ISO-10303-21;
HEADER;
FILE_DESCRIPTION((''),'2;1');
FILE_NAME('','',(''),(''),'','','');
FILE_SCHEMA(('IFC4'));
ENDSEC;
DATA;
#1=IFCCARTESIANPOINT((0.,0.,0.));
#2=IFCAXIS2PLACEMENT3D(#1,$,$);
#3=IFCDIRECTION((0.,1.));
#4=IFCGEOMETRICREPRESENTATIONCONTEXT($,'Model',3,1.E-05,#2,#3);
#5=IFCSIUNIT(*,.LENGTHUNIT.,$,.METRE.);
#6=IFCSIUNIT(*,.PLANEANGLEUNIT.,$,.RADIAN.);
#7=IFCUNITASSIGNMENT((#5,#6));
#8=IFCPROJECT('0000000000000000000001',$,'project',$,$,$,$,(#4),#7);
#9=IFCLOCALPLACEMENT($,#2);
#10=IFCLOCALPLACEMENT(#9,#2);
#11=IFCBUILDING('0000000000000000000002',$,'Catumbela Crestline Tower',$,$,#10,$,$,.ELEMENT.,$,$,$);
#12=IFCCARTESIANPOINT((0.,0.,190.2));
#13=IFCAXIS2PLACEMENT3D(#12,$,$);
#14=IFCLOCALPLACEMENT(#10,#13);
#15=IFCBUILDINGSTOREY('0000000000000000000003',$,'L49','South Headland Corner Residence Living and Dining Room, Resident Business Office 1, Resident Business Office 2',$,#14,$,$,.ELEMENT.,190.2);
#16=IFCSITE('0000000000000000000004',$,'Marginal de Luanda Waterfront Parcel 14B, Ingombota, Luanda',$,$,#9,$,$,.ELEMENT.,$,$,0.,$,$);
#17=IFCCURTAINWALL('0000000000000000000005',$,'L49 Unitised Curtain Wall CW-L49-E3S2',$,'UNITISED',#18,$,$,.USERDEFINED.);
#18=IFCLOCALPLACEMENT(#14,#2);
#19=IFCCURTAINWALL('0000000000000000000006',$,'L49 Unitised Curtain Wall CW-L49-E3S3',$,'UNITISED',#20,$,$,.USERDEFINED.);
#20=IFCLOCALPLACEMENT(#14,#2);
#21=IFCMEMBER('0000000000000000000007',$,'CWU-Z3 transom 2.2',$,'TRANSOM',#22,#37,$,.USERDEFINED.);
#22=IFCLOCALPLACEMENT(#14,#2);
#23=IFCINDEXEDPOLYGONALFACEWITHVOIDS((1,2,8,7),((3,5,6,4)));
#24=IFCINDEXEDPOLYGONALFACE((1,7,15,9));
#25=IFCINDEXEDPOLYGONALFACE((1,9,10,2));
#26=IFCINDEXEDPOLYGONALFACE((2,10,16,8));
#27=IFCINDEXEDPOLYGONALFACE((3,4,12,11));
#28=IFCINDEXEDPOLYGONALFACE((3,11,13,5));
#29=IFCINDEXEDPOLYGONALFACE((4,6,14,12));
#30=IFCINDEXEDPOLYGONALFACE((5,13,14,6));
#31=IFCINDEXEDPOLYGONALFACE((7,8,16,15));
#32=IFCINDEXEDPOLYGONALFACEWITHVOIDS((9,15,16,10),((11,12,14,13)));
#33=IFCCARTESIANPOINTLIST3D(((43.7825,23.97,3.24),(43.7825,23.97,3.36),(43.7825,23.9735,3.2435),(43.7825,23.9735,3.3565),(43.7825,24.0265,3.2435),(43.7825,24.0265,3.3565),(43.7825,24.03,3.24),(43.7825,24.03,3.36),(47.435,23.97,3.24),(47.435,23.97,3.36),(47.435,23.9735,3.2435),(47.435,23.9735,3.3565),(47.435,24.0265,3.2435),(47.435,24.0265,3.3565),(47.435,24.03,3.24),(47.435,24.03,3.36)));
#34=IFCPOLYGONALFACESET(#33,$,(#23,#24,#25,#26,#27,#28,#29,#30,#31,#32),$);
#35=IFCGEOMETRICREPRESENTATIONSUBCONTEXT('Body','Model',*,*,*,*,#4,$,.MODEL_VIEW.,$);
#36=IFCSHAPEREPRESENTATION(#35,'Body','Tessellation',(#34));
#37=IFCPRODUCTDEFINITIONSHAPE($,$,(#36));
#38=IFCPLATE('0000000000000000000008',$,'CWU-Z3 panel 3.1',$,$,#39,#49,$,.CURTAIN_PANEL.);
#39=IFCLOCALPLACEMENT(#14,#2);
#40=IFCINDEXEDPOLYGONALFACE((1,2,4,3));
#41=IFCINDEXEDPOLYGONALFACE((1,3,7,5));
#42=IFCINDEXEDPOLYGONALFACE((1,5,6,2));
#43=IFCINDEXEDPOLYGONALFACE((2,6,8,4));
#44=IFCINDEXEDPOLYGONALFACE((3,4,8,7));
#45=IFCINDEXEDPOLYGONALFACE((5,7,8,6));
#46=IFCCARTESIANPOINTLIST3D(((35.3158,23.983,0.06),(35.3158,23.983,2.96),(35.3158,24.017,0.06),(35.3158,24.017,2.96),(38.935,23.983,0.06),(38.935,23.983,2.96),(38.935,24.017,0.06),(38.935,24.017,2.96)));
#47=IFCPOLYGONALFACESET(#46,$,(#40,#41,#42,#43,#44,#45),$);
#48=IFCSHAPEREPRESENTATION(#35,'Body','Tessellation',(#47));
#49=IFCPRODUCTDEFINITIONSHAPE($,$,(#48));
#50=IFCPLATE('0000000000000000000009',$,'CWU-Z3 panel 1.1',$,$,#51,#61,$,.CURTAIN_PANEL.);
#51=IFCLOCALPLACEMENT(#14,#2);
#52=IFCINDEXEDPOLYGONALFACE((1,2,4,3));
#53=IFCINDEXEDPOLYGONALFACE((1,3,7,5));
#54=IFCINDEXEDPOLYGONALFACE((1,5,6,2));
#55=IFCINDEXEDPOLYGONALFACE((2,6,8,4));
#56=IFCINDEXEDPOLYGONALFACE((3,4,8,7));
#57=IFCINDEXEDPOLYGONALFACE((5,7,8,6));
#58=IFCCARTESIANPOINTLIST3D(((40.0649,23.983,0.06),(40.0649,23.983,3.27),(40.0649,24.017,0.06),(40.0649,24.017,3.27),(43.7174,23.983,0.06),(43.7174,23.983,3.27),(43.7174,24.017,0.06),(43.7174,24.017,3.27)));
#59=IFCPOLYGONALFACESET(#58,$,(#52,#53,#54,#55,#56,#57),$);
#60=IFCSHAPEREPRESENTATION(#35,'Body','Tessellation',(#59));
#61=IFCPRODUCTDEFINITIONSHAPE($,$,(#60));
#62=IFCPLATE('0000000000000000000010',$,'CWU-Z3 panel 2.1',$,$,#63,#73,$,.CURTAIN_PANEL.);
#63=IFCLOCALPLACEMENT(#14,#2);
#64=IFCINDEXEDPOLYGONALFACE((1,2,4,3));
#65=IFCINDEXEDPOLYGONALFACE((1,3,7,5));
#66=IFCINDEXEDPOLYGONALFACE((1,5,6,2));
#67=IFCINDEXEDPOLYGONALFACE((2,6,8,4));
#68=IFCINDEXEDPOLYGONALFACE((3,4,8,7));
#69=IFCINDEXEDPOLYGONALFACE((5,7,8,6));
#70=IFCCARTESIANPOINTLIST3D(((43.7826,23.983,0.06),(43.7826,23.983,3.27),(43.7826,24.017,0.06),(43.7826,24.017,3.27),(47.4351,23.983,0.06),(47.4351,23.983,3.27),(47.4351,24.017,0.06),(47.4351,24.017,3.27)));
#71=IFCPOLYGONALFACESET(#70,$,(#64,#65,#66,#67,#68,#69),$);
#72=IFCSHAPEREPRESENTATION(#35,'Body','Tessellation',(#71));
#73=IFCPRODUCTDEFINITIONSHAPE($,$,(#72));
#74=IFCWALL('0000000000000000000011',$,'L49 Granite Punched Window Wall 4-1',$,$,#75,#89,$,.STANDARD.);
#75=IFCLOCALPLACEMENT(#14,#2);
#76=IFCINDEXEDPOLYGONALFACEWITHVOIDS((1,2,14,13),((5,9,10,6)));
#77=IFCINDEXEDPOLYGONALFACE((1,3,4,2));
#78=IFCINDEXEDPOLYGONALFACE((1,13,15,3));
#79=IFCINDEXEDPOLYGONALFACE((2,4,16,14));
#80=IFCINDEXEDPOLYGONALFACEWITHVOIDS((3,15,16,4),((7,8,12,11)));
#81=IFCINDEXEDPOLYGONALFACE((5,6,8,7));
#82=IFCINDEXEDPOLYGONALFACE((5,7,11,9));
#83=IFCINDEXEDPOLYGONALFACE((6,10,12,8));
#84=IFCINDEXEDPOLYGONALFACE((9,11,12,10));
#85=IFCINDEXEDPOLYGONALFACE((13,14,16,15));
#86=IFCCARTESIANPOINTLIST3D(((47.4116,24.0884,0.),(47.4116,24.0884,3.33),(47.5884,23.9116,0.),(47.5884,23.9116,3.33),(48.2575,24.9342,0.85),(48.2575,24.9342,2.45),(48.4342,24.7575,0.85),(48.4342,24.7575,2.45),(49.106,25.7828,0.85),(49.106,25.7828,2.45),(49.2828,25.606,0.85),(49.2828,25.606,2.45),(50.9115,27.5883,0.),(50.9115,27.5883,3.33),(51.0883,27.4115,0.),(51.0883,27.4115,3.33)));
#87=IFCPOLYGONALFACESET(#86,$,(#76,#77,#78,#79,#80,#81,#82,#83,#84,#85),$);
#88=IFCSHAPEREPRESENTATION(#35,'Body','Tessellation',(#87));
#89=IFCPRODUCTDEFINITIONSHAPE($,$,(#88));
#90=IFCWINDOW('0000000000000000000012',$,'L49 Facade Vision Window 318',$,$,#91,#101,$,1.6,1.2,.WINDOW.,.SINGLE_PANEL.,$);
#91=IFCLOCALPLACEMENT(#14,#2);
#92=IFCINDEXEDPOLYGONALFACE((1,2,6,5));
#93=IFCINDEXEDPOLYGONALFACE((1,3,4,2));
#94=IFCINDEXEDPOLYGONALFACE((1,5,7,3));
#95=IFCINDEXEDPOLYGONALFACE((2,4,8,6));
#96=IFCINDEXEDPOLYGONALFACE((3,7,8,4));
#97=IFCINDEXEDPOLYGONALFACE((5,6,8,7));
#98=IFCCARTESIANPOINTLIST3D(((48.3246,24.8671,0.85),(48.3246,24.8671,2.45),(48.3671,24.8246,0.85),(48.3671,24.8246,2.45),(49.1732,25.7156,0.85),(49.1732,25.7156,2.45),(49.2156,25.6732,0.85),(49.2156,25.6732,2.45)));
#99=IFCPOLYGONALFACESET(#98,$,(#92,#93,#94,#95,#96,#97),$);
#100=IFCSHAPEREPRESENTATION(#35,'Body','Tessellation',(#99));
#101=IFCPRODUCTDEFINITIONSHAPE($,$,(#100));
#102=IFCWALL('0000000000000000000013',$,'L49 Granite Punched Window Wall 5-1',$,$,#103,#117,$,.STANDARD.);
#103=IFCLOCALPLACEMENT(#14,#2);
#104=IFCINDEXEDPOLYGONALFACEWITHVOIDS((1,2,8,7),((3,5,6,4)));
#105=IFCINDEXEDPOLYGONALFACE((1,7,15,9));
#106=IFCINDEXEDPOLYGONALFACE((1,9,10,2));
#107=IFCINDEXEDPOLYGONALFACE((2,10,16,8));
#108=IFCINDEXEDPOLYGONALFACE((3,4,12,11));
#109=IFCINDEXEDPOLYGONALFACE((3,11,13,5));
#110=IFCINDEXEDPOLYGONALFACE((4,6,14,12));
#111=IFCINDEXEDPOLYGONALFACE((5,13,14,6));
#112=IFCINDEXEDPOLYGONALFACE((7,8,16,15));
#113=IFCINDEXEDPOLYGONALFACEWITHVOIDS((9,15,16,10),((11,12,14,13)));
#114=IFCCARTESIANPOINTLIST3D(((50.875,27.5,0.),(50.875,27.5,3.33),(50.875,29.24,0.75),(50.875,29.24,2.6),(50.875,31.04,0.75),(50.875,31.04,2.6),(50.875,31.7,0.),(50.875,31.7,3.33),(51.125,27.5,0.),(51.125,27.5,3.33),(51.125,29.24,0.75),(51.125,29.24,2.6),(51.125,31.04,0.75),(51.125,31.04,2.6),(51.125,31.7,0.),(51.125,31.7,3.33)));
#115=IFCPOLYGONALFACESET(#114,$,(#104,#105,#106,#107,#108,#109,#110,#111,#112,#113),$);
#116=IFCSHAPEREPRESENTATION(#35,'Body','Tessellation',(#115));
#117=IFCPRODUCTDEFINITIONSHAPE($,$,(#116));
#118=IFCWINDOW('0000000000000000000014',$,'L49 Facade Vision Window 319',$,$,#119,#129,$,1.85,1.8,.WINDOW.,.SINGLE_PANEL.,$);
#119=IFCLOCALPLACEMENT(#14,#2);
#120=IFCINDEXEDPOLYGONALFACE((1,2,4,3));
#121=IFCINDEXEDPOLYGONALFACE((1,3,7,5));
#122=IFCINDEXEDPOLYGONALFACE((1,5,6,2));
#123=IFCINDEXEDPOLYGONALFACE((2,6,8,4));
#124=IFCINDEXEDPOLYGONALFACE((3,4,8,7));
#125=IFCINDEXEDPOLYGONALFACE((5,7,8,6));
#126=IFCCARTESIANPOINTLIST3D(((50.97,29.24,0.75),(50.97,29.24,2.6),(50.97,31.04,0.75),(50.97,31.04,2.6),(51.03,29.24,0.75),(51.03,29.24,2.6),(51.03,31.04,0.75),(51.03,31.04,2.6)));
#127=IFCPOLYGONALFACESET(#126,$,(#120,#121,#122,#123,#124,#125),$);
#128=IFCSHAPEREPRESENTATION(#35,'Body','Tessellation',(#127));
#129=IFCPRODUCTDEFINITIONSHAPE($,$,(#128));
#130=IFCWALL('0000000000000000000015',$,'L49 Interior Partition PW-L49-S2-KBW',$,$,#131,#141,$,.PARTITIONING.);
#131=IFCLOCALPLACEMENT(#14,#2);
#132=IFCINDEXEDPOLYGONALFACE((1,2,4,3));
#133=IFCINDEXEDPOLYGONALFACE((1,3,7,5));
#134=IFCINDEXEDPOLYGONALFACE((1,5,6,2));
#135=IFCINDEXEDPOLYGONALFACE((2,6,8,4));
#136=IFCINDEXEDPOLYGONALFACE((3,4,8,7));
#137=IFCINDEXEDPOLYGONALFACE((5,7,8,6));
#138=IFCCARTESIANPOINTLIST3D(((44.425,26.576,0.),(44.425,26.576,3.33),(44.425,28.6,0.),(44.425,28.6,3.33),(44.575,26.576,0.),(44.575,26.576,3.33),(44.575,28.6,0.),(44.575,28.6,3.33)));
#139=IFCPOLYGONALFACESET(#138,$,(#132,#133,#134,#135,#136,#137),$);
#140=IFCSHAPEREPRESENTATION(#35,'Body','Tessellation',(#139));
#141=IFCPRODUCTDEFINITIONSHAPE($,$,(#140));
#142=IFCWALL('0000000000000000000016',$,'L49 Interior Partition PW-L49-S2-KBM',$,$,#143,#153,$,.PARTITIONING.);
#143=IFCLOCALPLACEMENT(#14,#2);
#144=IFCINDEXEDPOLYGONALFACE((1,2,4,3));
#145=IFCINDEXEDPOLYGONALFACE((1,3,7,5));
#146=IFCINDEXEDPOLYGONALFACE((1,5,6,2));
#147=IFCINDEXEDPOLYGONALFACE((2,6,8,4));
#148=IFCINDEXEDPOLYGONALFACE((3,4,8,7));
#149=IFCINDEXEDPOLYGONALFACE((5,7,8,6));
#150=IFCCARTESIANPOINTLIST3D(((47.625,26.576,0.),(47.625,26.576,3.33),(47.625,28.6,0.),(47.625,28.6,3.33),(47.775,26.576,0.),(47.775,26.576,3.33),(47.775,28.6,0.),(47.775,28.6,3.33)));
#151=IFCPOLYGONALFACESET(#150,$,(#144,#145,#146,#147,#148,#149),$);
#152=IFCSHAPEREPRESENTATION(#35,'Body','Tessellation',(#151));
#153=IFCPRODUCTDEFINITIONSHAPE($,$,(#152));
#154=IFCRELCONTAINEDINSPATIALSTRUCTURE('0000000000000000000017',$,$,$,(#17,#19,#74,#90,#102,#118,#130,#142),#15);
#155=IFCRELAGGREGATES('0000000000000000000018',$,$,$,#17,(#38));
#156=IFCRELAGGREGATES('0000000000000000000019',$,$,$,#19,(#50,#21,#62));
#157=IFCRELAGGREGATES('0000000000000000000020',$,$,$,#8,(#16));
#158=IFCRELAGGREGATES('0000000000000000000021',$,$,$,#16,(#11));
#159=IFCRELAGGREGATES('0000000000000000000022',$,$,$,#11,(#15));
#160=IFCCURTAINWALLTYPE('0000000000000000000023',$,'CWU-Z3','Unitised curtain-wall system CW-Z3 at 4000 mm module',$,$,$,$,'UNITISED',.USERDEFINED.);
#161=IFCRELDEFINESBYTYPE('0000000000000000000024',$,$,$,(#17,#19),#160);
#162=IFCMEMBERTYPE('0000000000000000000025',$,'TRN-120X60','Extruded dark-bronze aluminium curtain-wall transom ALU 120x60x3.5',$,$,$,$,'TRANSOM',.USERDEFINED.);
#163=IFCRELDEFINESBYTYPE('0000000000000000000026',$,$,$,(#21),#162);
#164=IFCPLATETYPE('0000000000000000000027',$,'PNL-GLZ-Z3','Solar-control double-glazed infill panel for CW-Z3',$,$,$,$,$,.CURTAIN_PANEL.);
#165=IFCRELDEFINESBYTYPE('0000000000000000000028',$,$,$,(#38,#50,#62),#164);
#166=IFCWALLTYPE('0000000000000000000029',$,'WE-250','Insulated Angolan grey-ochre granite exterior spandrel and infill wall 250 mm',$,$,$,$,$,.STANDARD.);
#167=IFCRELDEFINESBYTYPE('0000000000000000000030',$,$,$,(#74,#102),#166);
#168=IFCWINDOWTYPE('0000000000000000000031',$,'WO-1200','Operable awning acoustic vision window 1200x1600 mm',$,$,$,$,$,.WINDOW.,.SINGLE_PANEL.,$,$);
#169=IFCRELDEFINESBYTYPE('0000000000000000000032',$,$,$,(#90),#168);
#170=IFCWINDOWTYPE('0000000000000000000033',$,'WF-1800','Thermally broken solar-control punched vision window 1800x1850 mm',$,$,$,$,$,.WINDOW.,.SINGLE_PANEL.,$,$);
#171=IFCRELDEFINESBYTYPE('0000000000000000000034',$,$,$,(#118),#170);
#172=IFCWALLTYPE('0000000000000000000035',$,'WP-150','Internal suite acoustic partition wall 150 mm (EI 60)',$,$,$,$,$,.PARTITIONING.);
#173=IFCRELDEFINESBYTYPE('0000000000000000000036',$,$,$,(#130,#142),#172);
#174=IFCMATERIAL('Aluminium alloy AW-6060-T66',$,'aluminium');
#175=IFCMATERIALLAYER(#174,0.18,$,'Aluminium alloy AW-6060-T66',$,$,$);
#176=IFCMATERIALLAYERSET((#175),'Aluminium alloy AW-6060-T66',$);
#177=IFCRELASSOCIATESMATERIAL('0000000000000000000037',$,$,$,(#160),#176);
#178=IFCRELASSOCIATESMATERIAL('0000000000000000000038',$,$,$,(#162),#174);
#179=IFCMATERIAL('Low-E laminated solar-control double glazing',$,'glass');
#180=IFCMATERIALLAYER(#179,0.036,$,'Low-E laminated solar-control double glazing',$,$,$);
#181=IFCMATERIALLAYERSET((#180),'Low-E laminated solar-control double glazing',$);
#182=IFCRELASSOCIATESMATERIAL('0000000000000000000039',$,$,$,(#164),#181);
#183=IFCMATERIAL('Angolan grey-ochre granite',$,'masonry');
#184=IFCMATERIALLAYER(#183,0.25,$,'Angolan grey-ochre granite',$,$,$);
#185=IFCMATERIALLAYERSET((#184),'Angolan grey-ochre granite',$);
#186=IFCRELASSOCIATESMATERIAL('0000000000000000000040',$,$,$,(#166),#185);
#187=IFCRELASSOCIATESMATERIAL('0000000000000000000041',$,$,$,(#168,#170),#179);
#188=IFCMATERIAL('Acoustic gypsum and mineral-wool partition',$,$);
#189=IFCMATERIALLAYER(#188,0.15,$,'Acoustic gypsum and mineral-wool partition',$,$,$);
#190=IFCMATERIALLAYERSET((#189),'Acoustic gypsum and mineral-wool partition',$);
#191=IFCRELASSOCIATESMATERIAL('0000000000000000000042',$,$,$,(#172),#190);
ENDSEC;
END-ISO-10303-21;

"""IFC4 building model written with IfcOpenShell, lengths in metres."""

from ifc_helpers import new_model, si_unit, direction, frame, frame_2d, origin, origin_2d, place, context, subcontext, project, spatial, rectangle, hollow_rectangle, extrude, material, layer, layer_set, material_profile, profile_set, type_object, element, fill, aggregate, save


model = new_model("IFC4")

# Units and contexts
model_context = context("Model", 3, precision=1e-05, world=origin(), true_north=direction((0.0, 1.0)))
body_context = subcontext(model_context, "Body", "Model", "MODEL_VIEW")
ifc_project = project(units=[si_unit("LENGTHUNIT", "METRE"), si_unit("PLANEANGLEUNIT", "RADIAN")], contexts=[model_context])

# Site, building, storey
site_placement = place(None, origin())
site = spatial("IfcSite", under=ifc_project, at=site_placement, Name="Marginal de Luanda Waterfront Parcel 14B, Ingombota, Luanda", CompositionType="ELEMENT", RefElevation=0.0)
building_placement = place(site_placement, origin())
building = spatial("IfcBuilding", under=site, at=building_placement, Name="Catumbela Crestline Tower", CompositionType="ELEMENT")
storey_placement = place(building_placement, frame((0.0, 0.0, 190.2)))
storey = spatial("IfcBuildingStorey", under=building, at=storey_placement, Name="L49", Description="South Headland Corner Residence Living and Dining Room, Resident Business Office 1, Resident Business Office 2", CompositionType="ELEMENT", Elevation=190.2)

# Curtain wall
ifc_material_1 = material(Name="Aluminium alloy AW-6060-T66", Category="aluminium")
ifc_layer_1 = layer(ifc_material_1, 0.18, Name="Aluminium alloy AW-6060-T66")
ifc_layer_set_1 = layer_set([ifc_layer_1], Name="Aluminium alloy AW-6060-T66")
curtain_wall_type = type_object("IfcCurtainWallType", Name="CWU-Z3", Description="Unitised curtain-wall system CW-Z3 at 4000 mm module", ElementType="UNITISED", PredefinedType="USERDEFINED", material=ifc_layer_set_1)
curtain_wall_1_placement = place(storey_placement, origin())
curtain_wall_1 = element("IfcCurtainWall", 1, at=curtain_wall_1_placement, inside=storey, type_object=curtain_wall_type, Name="L49 Unitised Curtain Wall CW-L49-E3S2", ObjectType="UNITISED", PredefinedType="USERDEFINED")

# Curtain wall, member
curtain_wall_2_placement = place(storey_placement, origin())
curtain_wall_2 = element("IfcCurtainWall", 2, at=curtain_wall_2_placement, inside=storey, type_object=curtain_wall_type, Name="L49 Unitised Curtain Wall CW-L49-E3S3", ObjectType="UNITISED", PredefinedType="USERDEFINED")
ifc_material_profile_1 = material_profile(ifc_material_1, hollow_rectangle(XDim=0.06, YDim=0.12, WallThickness=0.0035, at=origin_2d()), Name="ALU 120x60x3.5")
ifc_profile_set_1 = profile_set([ifc_material_profile_1], Name="Aluminium alloy AW-6060-T66")
member_type_1 = type_object("IfcMemberType", Name="TRN-120X60", Description="Extruded dark-bronze aluminium curtain-wall transom ALU 120x60x3.5", ElementType="TRANSOM", PredefinedType="USERDEFINED", material=ifc_profile_set_1)
member_1_placement = place(storey_placement, frame((43.7825, 24.0, 3.3), z_axis=(1.0, 0.0, 0.0), x_axis=(0.0, 1.0, 0.0)))
member_1 = element("IfcMember", 3, at=member_1_placement, type_object=member_type_1, Name="CWU-Z3 transom 2.2", ObjectType="TRANSOM", PredefinedType="USERDEFINED", context=body_context, shape_type="SweptSolid", body=[
    extrude(hollow_rectangle(XDim=0.06, YDim=0.12, WallThickness=0.0035, at=origin_2d()), origin(), (0.0, 0.0, 1.0), 3.6525),
])

# Plates
ifc_material_2 = material(Name="Low-E laminated solar-control double glazing", Category="glass")
ifc_layer_2 = layer(ifc_material_2, 0.036, Name="Low-E laminated solar-control double glazing")
ifc_layer_set_2 = layer_set([ifc_layer_2], Name="Low-E laminated solar-control double glazing")
plate_type = type_object("IfcPlateType", Name="PNL-GLZ-Z3", Description="Solar-control double-glazed infill panel for CW-Z3", PredefinedType="CURTAIN_PANEL", material=ifc_layer_set_2)
plate_1_placement = place(storey_placement, frame((37.1254, 24.0, 0.06), z_axis=(0.0, 0.0, 1.0), x_axis=(1.0, 0.0, 0.0)))
plate_1 = element("IfcPlate", 4, at=plate_1_placement, type_object=plate_type, Name="CWU-Z3 panel 3.1", PredefinedType="CURTAIN_PANEL", context=body_context, shape_type="SweptSolid", body=[
    extrude(rectangle(XDim=3.6192, YDim=0.034, at=origin_2d()), origin(), (0.0, 0.0, 1.0), 2.9),
])
aggregate(curtain_wall_1, [plate_1])
plate_2_placement = place(storey_placement, frame((41.8912, 24.0, 0.06), z_axis=(0.0, 0.0, 1.0), x_axis=(1.0, 0.0, 0.0)))
plate_2 = element("IfcPlate", 5, at=plate_2_placement, type_object=plate_type, Name="CWU-Z3 panel 1.1", PredefinedType="CURTAIN_PANEL", context=body_context, shape_type="SweptSolid", body=[
    extrude(rectangle(XDim=3.6525, YDim=0.034, at=origin_2d()), origin(), (0.0, 0.0, 1.0), 3.21),
])
plate_3_placement = place(storey_placement, frame((45.6088, 24.0, 0.06), z_axis=(0.0, 0.0, 1.0), x_axis=(1.0, 0.0, 0.0)))
plate_3 = element("IfcPlate", 6, at=plate_3_placement, type_object=plate_type, Name="CWU-Z3 panel 2.1", PredefinedType="CURTAIN_PANEL", context=body_context, shape_type="SweptSolid", body=[
    extrude(rectangle(XDim=3.6525, YDim=0.034, at=origin_2d()), origin(), (0.0, 0.0, 1.0), 3.21),
])
aggregate(curtain_wall_2, [plate_2, member_1, plate_3])

# Walls, openings, windows
ifc_material_3 = material(Name="Angolan grey-ochre granite", Category="masonry")
ifc_layer_3 = layer(ifc_material_3, 0.25, Name="Angolan grey-ochre granite")
ifc_layer_set_3 = layer_set([ifc_layer_3], Name="Angolan grey-ochre granite")
wall_type_1 = type_object("IfcWallType", Name="WE-250", Description="Insulated Angolan grey-ochre granite exterior spandrel and infill wall 250 mm", PredefinedType="STANDARD", material=ifc_layer_set_3)
wall_1_placement = place(storey_placement, frame((47.5, 24.0, 0.0), z_axis=(0.0, 0.0, 1.0), x_axis=(0.707107, 0.707107, 0.0)))
wall_1 = element("IfcWall", 7, at=wall_1_placement, inside=storey, type_object=wall_type_1, Name="L49 Granite Punched Window Wall 4-1", PredefinedType="STANDARD", context=body_context, shape_type="SweptSolid", body=[
    extrude(rectangle(XDim=4.9497, YDim=0.25, at=frame_2d((2.4748, 0.0))), origin(), (0.0, 0.0, 1.0), 3.33),
])
opening_1_placement = place(wall_1_placement, frame((1.1962, 0.0, 0.85)))
opening_1 = element("IfcOpeningElement", 8, at=opening_1_placement, cuts=wall_1, PredefinedType="OPENING", context=body_context, shape_type="SweptSolid", body=[
    extrude(rectangle(XDim=1.2, YDim=1.6, at=frame_2d((0.6, 0.8))), frame((0.0, 0.135, 0.0), z_axis=(0.0, -1.0, 0.0), x_axis=(1.0, 0.0, 0.0)), (0.0, 0.0, 1.0), 0.27),
])
window_type_1 = type_object("IfcWindowType", Name="WO-1200", Description="Operable awning acoustic vision window 1200x1600 mm", PartitioningType="SINGLE_PANEL", PredefinedType="WINDOW", material=ifc_material_2)
window_1_placement = place(opening_1_placement, origin())
window_1 = element("IfcWindow", 9, at=window_1_placement, inside=storey, type_object=window_type_1, Name="L49 Facade Vision Window 318", OverallHeight=1.6, OverallWidth=1.2, PartitioningType="SINGLE_PANEL", PredefinedType="WINDOW", context=body_context, shape_type="SweptSolid", body=[
    extrude(rectangle(XDim=1.2, YDim=1.6, at=frame_2d((0.6, 0.8))), frame((0.0, 0.03, 0.0), z_axis=(0.0, -1.0, 0.0), x_axis=(1.0, 0.0, 0.0)), (0.0, 0.0, 1.0), 0.06),
])
fill(opening_1, window_1)
wall_2_placement = place(storey_placement, frame((51.0, 27.5, 0.0), z_axis=(0.0, 0.0, 1.0), x_axis=(0.0, 1.0, 0.0)))
wall_2 = element("IfcWall", 10, at=wall_2_placement, inside=storey, type_object=wall_type_1, Name="L49 Granite Punched Window Wall 5-1", PredefinedType="STANDARD", context=body_context, shape_type="SweptSolid", body=[
    extrude(rectangle(XDim=4.2, YDim=0.25, at=frame_2d((2.1, 0.0))), origin(), (0.0, 0.0, 1.0), 3.33),
])
opening_2_placement = place(wall_2_placement, frame((1.74, 0.0, 0.75)))
opening_2 = element("IfcOpeningElement", 11, at=opening_2_placement, cuts=wall_2, PredefinedType="OPENING", context=body_context, shape_type="SweptSolid", body=[
    extrude(rectangle(XDim=1.8, YDim=1.85, at=frame_2d((0.9, 0.925))), frame((0.0, 0.135, 0.0), z_axis=(0.0, -1.0, 0.0), x_axis=(1.0, 0.0, 0.0)), (0.0, 0.0, 1.0), 0.27),
])
window_type_2 = type_object("IfcWindowType", Name="WF-1800", Description="Thermally broken solar-control punched vision window 1800x1850 mm", PartitioningType="SINGLE_PANEL", PredefinedType="WINDOW", material=ifc_material_2)
window_2_placement = place(opening_2_placement, origin())
window_2 = element("IfcWindow", 12, at=window_2_placement, inside=storey, type_object=window_type_2, Name="L49 Facade Vision Window 319", OverallHeight=1.85, OverallWidth=1.8, PartitioningType="SINGLE_PANEL", PredefinedType="WINDOW", context=body_context, shape_type="SweptSolid", body=[
    extrude(rectangle(XDim=1.8, YDim=1.85, at=frame_2d((0.9, 0.925))), frame((0.0, 0.03, 0.0), z_axis=(0.0, -1.0, 0.0), x_axis=(1.0, 0.0, 0.0)), (0.0, 0.0, 1.0), 0.06),
])
fill(opening_2, window_2)

# Walls
ifc_material_4 = material(Name="Acoustic gypsum and mineral-wool partition")
ifc_layer_4 = layer(ifc_material_4, 0.15, Name="Acoustic gypsum and mineral-wool partition")
ifc_layer_set_4 = layer_set([ifc_layer_4], Name="Acoustic gypsum and mineral-wool partition")
wall_type_2 = type_object("IfcWallType", Name="WP-150", Description="Internal suite acoustic partition wall 150 mm (EI 60)", PredefinedType="PARTITIONING", material=ifc_layer_set_4)
for number, where, z_axis, x_axis, name in (
    (13, (44.5, 26.576, 0.0), (0.0, 0.0, 1.0), (0.0, 1.0, 0.0), "L49 Interior Partition PW-L49-S2-KBW"),
    (14, (47.7, 26.576, 0.0), (0.0, 0.0, 1.0), (0.0, 1.0, 0.0), "L49 Interior Partition PW-L49-S2-KBM"),
):
    element("IfcWall", number, at=place(storey_placement, frame(where, z_axis=z_axis, x_axis=x_axis)), inside=storey, type_object=wall_type_2, Name=name, PredefinedType="PARTITIONING", context=body_context, shape_type="SweptSolid", body=[
        extrude(rectangle(XDim=2.024, YDim=0.15, at=frame_2d((1.012, 0.0))), origin(), (0.0, 0.0, 1.0), 3.33),
    ])

save(model, "model.ifc")
